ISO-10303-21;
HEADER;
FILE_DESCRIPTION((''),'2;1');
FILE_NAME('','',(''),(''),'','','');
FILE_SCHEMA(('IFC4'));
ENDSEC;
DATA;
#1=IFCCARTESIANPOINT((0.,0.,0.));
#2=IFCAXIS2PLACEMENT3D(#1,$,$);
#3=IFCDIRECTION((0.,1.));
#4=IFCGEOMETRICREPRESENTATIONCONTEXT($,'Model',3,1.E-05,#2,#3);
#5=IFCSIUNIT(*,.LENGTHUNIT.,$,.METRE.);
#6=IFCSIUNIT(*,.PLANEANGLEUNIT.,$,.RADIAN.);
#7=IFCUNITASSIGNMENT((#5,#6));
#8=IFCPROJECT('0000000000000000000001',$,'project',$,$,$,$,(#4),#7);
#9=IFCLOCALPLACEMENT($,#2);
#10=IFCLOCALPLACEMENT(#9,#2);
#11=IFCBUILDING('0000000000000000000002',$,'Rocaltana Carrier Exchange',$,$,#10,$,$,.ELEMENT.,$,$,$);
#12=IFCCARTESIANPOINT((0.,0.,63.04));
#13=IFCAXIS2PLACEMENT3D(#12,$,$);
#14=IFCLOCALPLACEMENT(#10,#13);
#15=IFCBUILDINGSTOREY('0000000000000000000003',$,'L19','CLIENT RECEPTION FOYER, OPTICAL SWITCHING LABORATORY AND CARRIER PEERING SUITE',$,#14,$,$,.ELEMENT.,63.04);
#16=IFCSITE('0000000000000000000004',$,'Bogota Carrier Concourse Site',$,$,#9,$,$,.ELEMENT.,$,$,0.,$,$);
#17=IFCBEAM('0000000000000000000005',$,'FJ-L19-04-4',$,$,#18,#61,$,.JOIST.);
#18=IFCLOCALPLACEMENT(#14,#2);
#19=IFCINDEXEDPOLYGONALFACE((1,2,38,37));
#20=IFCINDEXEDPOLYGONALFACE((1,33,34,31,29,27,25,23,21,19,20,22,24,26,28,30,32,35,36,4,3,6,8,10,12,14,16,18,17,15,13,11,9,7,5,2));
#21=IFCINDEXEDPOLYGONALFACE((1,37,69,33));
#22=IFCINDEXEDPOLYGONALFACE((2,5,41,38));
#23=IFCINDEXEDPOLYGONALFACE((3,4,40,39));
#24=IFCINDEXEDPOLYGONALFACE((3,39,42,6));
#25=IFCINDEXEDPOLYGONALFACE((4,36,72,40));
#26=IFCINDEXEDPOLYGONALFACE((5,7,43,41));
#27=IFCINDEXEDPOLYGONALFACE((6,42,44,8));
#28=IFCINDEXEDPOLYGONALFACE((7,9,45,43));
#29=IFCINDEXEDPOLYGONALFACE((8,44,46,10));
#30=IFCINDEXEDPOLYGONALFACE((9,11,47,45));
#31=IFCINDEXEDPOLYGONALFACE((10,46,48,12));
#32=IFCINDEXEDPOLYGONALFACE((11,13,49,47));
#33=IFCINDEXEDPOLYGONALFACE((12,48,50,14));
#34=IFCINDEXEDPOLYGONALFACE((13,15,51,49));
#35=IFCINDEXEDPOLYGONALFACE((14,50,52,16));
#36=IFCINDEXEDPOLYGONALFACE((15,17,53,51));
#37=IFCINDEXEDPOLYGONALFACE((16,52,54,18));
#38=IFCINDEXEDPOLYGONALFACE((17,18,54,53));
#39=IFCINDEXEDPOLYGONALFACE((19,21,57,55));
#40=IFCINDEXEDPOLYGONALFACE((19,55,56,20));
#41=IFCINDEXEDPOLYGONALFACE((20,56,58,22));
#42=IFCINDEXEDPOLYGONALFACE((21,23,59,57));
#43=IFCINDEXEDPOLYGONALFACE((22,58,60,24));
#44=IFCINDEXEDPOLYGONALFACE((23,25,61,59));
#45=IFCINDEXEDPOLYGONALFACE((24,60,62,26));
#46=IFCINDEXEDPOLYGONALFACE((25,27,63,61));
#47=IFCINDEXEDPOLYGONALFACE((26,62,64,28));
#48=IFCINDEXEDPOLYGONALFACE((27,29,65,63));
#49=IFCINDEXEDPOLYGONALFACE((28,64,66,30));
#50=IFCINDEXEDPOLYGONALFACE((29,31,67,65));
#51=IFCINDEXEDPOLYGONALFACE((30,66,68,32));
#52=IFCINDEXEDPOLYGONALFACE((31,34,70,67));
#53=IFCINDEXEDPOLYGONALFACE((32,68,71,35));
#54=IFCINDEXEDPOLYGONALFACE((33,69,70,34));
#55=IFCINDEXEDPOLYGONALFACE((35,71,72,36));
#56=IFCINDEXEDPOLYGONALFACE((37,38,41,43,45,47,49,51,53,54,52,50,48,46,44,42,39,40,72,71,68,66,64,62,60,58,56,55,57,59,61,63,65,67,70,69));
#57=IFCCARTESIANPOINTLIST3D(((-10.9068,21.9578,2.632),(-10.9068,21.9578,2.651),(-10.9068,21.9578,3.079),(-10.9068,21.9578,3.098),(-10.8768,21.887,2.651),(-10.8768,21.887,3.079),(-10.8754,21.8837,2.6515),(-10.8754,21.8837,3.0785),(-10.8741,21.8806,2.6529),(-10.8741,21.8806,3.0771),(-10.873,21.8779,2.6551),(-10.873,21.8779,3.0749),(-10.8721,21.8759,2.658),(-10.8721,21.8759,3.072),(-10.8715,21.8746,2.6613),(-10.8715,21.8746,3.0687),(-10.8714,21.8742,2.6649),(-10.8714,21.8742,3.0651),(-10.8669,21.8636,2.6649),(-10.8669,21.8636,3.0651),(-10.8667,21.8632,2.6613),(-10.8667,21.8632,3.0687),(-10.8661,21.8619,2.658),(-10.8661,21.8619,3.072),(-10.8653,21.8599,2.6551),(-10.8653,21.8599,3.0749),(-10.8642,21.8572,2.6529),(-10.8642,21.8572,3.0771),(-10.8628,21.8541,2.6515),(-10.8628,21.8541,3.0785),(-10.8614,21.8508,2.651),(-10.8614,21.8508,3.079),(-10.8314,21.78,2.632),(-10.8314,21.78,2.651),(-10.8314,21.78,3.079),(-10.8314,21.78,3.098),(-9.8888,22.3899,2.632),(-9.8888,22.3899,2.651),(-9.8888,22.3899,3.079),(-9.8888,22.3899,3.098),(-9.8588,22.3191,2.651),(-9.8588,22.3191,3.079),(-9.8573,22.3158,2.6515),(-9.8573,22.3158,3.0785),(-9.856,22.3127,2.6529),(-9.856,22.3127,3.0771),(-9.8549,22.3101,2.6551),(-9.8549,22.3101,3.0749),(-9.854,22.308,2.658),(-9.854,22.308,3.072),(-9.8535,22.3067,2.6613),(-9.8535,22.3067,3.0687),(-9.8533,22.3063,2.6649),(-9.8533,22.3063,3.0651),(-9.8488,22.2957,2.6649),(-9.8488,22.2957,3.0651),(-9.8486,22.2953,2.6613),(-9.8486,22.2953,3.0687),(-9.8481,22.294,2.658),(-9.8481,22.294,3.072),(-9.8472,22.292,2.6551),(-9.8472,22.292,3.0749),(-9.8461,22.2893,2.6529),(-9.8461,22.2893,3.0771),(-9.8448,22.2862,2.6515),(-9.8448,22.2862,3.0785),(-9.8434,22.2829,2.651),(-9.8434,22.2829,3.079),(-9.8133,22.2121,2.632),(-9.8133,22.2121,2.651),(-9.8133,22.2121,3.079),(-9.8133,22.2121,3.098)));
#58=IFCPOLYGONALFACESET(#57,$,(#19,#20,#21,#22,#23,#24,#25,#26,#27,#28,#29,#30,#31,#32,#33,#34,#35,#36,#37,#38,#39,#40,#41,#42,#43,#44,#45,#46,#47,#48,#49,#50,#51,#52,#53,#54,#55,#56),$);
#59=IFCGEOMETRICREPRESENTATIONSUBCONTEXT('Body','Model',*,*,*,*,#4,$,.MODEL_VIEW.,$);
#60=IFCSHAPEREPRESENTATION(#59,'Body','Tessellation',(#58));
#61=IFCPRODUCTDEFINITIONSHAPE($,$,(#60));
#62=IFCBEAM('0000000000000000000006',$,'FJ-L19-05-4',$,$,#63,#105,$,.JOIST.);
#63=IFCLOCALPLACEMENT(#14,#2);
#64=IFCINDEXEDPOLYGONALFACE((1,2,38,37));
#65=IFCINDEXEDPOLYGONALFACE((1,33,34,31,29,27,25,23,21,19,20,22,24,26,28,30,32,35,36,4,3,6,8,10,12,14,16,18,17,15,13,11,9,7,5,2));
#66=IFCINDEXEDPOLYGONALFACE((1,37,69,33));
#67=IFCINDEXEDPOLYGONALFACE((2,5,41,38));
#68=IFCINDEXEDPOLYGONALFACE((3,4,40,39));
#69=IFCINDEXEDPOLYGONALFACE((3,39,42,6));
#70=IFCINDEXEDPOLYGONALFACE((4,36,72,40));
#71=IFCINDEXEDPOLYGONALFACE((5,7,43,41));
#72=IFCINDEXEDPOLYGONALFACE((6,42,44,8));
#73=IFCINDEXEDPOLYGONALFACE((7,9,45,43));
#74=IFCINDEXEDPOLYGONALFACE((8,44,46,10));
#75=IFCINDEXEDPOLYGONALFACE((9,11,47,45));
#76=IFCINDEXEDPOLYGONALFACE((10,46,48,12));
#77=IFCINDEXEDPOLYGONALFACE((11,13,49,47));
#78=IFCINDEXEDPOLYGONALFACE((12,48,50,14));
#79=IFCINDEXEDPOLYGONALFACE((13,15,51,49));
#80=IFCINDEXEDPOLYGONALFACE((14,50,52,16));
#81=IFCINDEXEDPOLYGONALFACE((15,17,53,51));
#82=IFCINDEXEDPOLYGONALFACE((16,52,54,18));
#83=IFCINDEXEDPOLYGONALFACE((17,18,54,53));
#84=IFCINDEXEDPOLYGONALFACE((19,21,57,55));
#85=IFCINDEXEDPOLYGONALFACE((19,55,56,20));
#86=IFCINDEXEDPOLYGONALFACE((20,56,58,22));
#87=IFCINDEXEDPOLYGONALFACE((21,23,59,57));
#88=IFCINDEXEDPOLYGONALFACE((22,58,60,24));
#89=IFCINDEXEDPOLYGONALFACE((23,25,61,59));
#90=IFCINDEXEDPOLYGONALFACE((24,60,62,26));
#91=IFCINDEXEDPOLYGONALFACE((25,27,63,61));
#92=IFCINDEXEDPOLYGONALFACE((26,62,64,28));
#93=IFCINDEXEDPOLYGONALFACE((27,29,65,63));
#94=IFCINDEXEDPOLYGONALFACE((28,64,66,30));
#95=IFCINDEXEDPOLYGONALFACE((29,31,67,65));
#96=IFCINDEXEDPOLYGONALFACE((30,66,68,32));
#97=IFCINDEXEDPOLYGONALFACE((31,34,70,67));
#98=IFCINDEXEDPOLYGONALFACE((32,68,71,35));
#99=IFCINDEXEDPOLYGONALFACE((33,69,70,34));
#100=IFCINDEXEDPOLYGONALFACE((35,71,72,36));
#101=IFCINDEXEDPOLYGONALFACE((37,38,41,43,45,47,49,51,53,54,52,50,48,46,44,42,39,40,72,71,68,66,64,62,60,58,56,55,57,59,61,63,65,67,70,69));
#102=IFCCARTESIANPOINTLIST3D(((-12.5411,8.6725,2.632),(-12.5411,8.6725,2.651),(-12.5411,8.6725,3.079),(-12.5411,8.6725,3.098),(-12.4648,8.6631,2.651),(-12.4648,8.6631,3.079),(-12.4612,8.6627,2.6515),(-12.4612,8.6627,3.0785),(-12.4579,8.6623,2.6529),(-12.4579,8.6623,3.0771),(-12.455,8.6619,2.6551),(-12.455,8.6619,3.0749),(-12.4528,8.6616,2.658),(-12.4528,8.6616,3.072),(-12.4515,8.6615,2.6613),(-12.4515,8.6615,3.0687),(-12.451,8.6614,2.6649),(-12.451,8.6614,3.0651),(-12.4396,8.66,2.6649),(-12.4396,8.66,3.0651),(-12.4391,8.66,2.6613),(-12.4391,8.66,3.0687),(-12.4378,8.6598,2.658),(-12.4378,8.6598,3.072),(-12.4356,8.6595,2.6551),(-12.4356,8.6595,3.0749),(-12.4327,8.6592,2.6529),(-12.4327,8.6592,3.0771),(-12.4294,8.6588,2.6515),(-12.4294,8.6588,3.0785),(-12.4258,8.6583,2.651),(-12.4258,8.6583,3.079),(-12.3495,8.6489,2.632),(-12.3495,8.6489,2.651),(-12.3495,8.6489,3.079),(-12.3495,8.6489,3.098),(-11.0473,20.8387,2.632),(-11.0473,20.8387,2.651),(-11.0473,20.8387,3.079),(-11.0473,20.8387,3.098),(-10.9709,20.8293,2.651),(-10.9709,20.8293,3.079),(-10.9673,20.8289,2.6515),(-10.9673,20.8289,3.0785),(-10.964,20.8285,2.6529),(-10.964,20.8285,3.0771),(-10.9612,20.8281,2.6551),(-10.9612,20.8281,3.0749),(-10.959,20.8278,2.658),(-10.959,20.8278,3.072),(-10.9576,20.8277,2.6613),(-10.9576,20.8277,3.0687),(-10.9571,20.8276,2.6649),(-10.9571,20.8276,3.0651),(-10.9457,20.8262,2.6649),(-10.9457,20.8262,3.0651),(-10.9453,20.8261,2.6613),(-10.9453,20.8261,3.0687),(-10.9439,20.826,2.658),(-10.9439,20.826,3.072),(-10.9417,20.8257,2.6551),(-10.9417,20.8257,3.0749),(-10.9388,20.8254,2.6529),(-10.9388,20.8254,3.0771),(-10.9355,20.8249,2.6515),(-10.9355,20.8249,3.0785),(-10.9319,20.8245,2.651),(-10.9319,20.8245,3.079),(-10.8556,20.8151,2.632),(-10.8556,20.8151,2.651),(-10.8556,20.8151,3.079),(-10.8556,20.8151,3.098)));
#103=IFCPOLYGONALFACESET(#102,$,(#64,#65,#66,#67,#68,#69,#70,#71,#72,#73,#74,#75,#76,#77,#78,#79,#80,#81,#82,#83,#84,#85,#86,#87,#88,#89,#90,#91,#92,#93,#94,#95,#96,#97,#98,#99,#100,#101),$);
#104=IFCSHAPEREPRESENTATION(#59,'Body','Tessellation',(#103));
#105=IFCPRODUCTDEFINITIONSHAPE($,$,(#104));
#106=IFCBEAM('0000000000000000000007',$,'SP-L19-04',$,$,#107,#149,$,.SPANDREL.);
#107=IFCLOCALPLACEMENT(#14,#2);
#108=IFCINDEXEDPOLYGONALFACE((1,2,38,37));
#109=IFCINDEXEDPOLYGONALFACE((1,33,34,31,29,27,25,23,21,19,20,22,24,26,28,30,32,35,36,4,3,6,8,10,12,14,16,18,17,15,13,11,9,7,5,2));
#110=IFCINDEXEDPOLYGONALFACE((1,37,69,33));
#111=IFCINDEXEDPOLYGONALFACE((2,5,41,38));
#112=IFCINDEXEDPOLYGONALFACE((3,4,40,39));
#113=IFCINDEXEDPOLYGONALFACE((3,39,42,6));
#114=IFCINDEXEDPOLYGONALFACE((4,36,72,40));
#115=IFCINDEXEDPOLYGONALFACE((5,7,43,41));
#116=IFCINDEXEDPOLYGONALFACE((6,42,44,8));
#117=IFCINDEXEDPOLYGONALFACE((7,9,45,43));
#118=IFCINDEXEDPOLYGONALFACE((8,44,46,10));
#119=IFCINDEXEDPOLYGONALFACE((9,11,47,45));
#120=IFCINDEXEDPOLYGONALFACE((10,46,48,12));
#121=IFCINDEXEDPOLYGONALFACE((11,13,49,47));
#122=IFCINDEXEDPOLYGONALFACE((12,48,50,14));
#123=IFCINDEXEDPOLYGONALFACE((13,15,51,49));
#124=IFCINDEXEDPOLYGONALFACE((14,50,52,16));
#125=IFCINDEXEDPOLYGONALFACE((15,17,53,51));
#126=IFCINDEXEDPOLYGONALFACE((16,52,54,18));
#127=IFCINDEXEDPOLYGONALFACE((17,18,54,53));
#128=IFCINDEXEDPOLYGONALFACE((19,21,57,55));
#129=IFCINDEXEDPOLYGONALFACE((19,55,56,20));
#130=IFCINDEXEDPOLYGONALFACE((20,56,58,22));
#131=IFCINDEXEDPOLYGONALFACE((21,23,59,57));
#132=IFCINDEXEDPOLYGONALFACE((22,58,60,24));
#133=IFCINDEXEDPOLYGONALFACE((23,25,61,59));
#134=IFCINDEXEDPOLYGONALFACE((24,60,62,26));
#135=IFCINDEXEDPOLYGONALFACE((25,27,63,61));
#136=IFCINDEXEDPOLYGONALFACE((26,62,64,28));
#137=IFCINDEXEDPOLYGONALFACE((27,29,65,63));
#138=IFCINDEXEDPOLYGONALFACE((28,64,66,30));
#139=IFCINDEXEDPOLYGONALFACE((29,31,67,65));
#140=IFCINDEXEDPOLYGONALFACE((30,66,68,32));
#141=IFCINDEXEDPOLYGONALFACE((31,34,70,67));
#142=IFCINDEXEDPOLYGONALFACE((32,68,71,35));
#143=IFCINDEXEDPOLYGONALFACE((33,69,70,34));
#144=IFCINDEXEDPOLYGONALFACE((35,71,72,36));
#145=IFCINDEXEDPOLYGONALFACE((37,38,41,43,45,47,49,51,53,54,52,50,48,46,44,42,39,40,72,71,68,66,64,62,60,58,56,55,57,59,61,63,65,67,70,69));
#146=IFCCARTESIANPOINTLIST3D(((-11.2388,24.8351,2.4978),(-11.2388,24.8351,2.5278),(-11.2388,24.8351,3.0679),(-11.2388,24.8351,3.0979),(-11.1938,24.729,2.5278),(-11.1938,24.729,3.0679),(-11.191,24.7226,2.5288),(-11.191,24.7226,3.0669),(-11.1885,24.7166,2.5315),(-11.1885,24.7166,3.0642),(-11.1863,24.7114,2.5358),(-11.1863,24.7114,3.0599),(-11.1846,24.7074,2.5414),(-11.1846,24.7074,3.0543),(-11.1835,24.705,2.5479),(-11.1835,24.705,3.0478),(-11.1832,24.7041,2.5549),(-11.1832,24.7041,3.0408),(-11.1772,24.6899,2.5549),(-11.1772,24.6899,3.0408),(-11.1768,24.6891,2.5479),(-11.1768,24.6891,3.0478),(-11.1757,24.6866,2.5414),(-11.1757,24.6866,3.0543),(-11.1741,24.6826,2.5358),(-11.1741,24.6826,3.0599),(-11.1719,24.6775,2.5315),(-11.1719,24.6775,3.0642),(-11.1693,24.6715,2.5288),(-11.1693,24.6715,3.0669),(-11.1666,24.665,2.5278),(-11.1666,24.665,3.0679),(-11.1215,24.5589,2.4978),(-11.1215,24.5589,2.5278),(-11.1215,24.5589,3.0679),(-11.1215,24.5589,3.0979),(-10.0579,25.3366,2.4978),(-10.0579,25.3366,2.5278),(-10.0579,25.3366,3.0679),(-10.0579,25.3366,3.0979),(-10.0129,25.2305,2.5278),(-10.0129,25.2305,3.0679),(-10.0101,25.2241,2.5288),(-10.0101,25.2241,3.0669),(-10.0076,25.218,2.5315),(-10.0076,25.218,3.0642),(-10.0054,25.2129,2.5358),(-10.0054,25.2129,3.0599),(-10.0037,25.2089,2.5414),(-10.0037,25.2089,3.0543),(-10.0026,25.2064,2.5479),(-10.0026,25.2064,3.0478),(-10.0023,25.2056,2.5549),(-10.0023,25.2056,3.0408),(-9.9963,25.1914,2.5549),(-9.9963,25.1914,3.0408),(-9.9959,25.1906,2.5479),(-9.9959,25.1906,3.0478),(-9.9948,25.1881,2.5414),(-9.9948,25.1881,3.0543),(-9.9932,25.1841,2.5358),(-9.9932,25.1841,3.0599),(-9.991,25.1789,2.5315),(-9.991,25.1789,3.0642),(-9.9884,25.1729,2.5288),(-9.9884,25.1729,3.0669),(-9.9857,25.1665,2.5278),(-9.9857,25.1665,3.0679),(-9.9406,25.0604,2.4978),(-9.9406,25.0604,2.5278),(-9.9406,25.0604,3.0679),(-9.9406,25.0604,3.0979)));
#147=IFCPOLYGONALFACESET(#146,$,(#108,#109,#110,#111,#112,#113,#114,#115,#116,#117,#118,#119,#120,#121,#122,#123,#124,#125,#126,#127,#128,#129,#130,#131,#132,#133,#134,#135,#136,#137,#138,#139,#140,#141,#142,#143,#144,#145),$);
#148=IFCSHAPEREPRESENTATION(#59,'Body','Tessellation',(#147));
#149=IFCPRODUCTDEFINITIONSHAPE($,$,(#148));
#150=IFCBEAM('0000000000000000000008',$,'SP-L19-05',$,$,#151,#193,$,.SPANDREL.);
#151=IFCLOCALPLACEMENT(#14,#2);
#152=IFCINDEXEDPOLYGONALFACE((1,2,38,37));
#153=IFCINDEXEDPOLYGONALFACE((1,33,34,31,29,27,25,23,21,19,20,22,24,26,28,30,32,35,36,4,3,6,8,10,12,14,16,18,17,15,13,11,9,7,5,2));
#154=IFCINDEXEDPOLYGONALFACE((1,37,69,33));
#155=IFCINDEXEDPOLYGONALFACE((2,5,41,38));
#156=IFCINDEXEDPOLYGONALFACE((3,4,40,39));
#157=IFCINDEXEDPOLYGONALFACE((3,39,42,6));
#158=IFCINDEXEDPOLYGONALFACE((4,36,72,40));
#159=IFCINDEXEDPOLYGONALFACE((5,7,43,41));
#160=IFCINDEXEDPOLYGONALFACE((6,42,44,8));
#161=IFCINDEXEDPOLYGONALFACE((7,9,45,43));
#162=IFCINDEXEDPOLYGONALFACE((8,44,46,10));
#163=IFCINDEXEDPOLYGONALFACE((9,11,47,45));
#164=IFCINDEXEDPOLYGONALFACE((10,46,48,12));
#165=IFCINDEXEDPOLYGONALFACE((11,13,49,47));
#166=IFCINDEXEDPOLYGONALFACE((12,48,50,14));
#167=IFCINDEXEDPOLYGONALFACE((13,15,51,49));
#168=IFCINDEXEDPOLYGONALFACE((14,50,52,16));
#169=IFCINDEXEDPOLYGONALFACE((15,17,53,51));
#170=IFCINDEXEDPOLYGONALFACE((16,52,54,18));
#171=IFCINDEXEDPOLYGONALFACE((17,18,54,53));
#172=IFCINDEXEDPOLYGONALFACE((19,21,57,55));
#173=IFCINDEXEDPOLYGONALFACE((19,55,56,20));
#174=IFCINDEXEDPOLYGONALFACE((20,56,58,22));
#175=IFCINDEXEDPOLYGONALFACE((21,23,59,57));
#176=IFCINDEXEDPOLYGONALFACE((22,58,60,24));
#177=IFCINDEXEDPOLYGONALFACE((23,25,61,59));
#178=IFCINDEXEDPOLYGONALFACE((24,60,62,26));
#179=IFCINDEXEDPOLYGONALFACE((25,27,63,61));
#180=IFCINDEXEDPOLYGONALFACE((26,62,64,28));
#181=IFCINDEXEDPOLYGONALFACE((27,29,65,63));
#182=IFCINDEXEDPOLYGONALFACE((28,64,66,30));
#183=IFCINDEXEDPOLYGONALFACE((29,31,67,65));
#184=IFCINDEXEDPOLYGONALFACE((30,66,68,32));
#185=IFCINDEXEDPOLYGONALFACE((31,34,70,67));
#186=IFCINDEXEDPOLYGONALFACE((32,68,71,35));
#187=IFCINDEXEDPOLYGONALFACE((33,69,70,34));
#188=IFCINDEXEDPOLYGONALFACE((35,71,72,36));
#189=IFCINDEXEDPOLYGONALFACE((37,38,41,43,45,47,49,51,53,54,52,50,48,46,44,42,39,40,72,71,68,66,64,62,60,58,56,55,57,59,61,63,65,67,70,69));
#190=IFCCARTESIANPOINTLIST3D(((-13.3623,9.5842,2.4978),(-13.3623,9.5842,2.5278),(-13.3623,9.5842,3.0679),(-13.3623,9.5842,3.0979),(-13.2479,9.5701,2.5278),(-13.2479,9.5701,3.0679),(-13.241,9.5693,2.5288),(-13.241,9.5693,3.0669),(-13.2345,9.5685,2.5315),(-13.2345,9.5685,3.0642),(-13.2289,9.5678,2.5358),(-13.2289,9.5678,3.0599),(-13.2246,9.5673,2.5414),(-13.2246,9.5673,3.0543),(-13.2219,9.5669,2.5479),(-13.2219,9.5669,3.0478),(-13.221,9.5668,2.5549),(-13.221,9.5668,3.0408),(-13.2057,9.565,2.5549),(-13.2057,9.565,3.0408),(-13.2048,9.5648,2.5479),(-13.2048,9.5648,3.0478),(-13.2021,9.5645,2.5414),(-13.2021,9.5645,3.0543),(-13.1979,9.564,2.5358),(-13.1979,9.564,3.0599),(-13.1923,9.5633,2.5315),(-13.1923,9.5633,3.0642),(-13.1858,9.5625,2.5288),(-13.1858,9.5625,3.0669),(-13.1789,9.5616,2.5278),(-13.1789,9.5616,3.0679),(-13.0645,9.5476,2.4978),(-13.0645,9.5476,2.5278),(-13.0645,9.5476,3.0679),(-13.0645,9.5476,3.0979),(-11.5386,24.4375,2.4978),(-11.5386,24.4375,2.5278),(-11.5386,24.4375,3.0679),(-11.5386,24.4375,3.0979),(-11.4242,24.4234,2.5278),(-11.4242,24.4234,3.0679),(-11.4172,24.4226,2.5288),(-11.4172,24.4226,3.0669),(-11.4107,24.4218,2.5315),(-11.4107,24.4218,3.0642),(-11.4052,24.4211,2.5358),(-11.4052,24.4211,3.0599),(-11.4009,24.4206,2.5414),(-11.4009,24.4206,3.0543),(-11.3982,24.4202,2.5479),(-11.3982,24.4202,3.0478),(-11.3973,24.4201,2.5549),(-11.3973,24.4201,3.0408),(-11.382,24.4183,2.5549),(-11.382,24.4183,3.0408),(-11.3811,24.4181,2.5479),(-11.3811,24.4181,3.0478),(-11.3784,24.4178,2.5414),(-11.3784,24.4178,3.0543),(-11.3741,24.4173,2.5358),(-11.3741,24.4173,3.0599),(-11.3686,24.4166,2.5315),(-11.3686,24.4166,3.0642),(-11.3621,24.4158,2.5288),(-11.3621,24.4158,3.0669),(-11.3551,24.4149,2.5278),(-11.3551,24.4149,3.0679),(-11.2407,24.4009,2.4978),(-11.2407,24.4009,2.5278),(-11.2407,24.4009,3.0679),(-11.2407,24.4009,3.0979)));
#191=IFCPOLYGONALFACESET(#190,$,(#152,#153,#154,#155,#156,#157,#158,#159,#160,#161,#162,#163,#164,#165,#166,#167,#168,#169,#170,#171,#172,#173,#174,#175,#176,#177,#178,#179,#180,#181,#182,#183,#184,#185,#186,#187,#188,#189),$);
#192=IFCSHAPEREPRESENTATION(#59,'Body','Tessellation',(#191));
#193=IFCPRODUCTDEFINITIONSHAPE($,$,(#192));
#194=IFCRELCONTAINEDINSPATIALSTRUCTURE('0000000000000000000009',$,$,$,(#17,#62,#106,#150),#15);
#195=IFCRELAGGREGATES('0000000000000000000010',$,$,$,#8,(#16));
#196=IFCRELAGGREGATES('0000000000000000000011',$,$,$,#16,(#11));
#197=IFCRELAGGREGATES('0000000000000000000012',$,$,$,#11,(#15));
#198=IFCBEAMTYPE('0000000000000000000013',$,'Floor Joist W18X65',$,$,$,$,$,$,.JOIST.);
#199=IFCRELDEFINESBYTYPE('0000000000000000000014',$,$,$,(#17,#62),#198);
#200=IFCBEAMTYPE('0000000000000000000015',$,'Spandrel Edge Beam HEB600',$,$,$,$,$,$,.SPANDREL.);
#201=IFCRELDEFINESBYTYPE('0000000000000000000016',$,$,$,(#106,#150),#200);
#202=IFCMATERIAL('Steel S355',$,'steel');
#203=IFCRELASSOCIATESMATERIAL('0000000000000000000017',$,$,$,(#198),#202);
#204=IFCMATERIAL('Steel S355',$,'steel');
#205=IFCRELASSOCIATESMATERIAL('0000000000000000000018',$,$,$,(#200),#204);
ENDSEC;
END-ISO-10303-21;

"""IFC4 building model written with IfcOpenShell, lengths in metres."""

from ifc_helpers import new_model, si_unit, direction, frame, origin, origin_2d, place, context, subcontext, project, spatial, i_section, extrude, material, material_profile, profile_set, type_object, element, save


model = new_model("IFC4")

# Units and contexts
model_context = context("Model", 3, precision=1e-05, world=origin(), true_north=direction((0.0, 1.0)))
body_context = subcontext(model_context, "Body", "Model", "MODEL_VIEW")
ifc_project = project(units=[si_unit("LENGTHUNIT", "METRE"), si_unit("PLANEANGLEUNIT", "RADIAN")], contexts=[model_context])

# Site, building, storey
site_placement = place(None, origin())
site = spatial("IfcSite", under=ifc_project, at=site_placement, Name="Bogota Carrier Concourse Site", CompositionType="ELEMENT", RefElevation=0.0)
building_placement = place(site_placement, origin())
building = spatial("IfcBuilding", under=site, at=building_placement, Name="Rocaltana Carrier Exchange", CompositionType="ELEMENT")
storey_placement = place(building_placement, frame((0.0, 0.0, 63.04)))
storey = spatial("IfcBuildingStorey", under=building, at=storey_placement, Name="L19", Description="CLIENT RECEPTION FOYER, OPTICAL SWITCHING LABORATORY AND CARRIER PEERING SUITE", CompositionType="ELEMENT", Elevation=63.04)

# Beams
ifc_material_1 = material(Name="Steel S355", Category="steel")
ifc_material_profile_1 = material_profile(ifc_material_1, i_section(OverallWidth=0.1931, OverallDepth=0.4661, WebThickness=0.0115, FlangeThickness=0.019, FilletRadius=0.0139, at=origin_2d()), Name="W18X65")
ifc_profile_set_1 = profile_set([ifc_material_profile_1], Name="Steel S355")
beam_type_1 = type_object("IfcBeamType", Name="Floor Joist W18X65", PredefinedType="JOIST", material=ifc_profile_set_1)
beam_1_placement = place(storey_placement, frame((-9.8511, 22.301, 2.865), z_axis=(-0.92051, -0.39072, 0.0), x_axis=(0.39072, -0.92051, 0.0)))
element("IfcBeam", 1, at=beam_1_placement, inside=storey, type_object=beam_type_1, Name="FJ-L19-04-4", PredefinedType="JOIST", context=body_context, shape_type="SweptSolid", body=[
    extrude(i_section(OverallWidth=0.1931, OverallDepth=0.4661, WebThickness=0.0115, FlangeThickness=0.019, FilletRadius=0.0139, at=origin_2d()), origin(), (0.0, 0.0, 1.0), 1.106),
])
beam_2_placement = place(storey_placement, frame((-10.9514, 20.8269, 2.865), z_axis=(-0.121875, -0.992545, 0.0), x_axis=(0.992545, -0.121875, 0.0)))
element("IfcBeam", 2, at=beam_2_placement, inside=storey, type_object=beam_type_1, Name="FJ-L19-05-4", PredefinedType="JOIST", context=body_context, shape_type="SweptSolid", body=[
    extrude(i_section(OverallWidth=0.1931, OverallDepth=0.4661, WebThickness=0.0115, FlangeThickness=0.019, FilletRadius=0.0139, at=origin_2d()), origin(), (0.0, 0.0, 1.0), 12.2576),
])
ifc_material_2 = material(Name="Steel S355", Category="steel")
ifc_material_profile_2 = material_profile(ifc_material_2, i_section(OverallWidth=0.3, OverallDepth=0.6001, WebThickness=0.0154, FlangeThickness=0.03, FilletRadius=0.0271, at=origin_2d()), Name="HEB600")
ifc_profile_set_2 = profile_set([ifc_material_profile_2], Name="Steel S355")
beam_type_2 = type_object("IfcBeamType", Name="Spandrel Edge Beam HEB600", PredefinedType="SPANDREL", material=ifc_profile_set_2)
beam_3_placement = place(storey_placement, frame((-9.9993, 25.1985, 2.7979), z_axis=(-0.920449, -0.390863, 0.0), x_axis=(0.390863, -0.920449, 0.0)))
element("IfcBeam", 3, at=beam_3_placement, inside=storey, type_object=beam_type_2, Name="SP-L19-04", PredefinedType="SPANDREL", context=body_context, shape_type="SweptSolid", body=[
    extrude(i_section(OverallWidth=0.3, OverallDepth=0.6001, WebThickness=0.0154, FlangeThickness=0.03, FilletRadius=0.0271, at=origin_2d()), origin(), (0.0, 0.0, 1.0), 1.283),
])
beam_4_placement = place(storey_placement, frame((-11.3896, 24.4192, 2.7979), z_axis=(-0.121868, -0.992546, 0.0), x_axis=(0.992546, -0.121868, 0.0)))
element("IfcBeam", 4, at=beam_4_placement, inside=storey, type_object=beam_type_2, Name="SP-L19-05", PredefinedType="SPANDREL", context=body_context, shape_type="SweptSolid", body=[
    extrude(i_section(OverallWidth=0.3, OverallDepth=0.6001, WebThickness=0.0154, FlangeThickness=0.03, FilletRadius=0.0271, at=origin_2d()), origin(), (0.0, 0.0, 1.0), 14.9648),
])

save(model, "model.ifc")
